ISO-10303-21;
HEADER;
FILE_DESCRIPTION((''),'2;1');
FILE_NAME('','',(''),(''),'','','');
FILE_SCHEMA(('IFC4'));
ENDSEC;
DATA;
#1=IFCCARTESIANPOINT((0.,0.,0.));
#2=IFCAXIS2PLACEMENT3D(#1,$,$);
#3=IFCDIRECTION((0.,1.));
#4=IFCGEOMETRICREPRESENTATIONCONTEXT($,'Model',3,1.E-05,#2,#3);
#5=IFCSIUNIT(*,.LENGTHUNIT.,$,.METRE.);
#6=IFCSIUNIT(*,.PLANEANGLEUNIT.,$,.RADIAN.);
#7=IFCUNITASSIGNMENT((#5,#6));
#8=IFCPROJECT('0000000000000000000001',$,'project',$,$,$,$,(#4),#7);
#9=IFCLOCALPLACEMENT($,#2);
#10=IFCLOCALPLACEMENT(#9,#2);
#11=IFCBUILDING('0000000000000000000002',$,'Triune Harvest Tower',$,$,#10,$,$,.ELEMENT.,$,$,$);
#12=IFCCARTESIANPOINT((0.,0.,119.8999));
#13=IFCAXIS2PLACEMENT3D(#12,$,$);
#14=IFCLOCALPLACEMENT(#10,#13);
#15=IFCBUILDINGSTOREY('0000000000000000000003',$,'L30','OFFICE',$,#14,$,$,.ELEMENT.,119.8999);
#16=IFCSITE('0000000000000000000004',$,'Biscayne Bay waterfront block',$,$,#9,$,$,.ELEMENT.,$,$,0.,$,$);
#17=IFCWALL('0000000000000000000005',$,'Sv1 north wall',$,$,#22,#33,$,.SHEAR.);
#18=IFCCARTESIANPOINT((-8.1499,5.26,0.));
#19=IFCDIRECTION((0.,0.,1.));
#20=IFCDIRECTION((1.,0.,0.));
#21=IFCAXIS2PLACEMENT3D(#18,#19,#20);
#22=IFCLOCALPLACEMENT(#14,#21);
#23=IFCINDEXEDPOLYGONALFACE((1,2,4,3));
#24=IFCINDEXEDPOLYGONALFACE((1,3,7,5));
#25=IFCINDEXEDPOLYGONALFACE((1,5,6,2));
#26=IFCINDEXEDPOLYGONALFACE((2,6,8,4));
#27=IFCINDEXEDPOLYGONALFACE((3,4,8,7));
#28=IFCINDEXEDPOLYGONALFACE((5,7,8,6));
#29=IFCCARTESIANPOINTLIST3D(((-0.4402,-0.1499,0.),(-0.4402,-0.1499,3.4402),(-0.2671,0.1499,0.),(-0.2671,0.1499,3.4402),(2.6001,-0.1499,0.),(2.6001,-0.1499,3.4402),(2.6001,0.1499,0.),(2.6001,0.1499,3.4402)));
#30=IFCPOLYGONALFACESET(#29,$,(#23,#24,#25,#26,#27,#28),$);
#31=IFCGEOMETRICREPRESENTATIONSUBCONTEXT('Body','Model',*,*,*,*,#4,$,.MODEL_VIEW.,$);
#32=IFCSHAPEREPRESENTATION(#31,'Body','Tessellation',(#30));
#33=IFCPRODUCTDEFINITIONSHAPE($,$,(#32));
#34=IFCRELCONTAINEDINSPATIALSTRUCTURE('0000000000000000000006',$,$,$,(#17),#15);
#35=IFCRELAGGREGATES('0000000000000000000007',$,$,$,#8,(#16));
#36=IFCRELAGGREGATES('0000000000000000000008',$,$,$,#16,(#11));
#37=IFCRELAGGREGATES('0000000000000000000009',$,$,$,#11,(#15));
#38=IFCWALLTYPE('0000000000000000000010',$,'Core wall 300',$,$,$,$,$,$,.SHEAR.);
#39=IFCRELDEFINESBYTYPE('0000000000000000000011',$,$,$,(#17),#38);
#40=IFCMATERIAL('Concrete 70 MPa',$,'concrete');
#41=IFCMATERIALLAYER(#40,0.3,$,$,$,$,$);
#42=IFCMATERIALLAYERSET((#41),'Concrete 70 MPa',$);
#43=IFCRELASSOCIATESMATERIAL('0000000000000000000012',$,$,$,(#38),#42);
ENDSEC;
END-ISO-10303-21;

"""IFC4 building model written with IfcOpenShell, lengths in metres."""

from ifc_helpers import new_model, si_unit, direction, frame, origin, place, context, subcontext, project, spatial, polyline, outline, extrude, source, transform, mapped, material, layer, layer_set, type_object, element, save


model = new_model("IFC4")

# Units and contexts
model_context = context("Model", 3, precision=1e-05, world=origin(), true_north=direction((0.0, 1.0)))
body_context = subcontext(model_context, "Body", "Model", "MODEL_VIEW")
ifc_project = project(units=[si_unit("LENGTHUNIT", "METRE"), si_unit("PLANEANGLEUNIT", "RADIAN")], contexts=[model_context])

# Site, building, storey
site_placement = place(None, origin())
site = spatial("IfcSite", under=ifc_project, at=site_placement, Name="Biscayne Bay waterfront block", CompositionType="ELEMENT", RefElevation=0.0)
building_placement = place(site_placement, origin())
building = spatial("IfcBuilding", under=site, at=building_placement, Name="Triune Harvest Tower", CompositionType="ELEMENT")
storey_placement = place(building_placement, frame((0.0, 0.0, 119.8999)))
storey = spatial("IfcBuildingStorey", under=building, at=storey_placement, Name="L30", Description="OFFICE", CompositionType="ELEMENT", Elevation=119.8999)

# Shared definitions
ifc_material_1 = material(Name="Concrete 70 MPa", Category="concrete")
ifc_layer_1 = layer(ifc_material_1, 0.3)
ifc_layer_set_1 = layer_set([ifc_layer_1], Name="Concrete 70 MPa")
wall_type_1 = type_object("IfcWallType", Name="Core wall 300", PredefinedType="SHEAR", material=ifc_layer_set_1)

# Wall
shared_shape_1 = source(origin(), body_context, "Body", "SweptSolid", [
    extrude(outline(polyline([(2.6001, -0.1499), (-0.4402, -0.1499), (-0.2671, 0.1499), (2.6001, 0.1499), (2.6001, -0.1499)])), origin(), (0.0, 0.0, 1.0), 3.4402),
])
wall_1_placement = place(storey_placement, frame((-8.1499, 5.26, 0.0), z_axis=(0.0, 0.0, 1.0), x_axis=(1.0, 0.0, 0.0)))
element("IfcWall", 1, at=wall_1_placement, inside=storey, type_object=wall_type_1, Name="Sv1 north wall", PredefinedType="SHEAR", context=body_context, shape_type="MappedRepresentation", body=[
    mapped(shared_shape_1, transform((0.0, 0.0, 0.0), scale=1.0)),
])

save(model, "model.ifc")
